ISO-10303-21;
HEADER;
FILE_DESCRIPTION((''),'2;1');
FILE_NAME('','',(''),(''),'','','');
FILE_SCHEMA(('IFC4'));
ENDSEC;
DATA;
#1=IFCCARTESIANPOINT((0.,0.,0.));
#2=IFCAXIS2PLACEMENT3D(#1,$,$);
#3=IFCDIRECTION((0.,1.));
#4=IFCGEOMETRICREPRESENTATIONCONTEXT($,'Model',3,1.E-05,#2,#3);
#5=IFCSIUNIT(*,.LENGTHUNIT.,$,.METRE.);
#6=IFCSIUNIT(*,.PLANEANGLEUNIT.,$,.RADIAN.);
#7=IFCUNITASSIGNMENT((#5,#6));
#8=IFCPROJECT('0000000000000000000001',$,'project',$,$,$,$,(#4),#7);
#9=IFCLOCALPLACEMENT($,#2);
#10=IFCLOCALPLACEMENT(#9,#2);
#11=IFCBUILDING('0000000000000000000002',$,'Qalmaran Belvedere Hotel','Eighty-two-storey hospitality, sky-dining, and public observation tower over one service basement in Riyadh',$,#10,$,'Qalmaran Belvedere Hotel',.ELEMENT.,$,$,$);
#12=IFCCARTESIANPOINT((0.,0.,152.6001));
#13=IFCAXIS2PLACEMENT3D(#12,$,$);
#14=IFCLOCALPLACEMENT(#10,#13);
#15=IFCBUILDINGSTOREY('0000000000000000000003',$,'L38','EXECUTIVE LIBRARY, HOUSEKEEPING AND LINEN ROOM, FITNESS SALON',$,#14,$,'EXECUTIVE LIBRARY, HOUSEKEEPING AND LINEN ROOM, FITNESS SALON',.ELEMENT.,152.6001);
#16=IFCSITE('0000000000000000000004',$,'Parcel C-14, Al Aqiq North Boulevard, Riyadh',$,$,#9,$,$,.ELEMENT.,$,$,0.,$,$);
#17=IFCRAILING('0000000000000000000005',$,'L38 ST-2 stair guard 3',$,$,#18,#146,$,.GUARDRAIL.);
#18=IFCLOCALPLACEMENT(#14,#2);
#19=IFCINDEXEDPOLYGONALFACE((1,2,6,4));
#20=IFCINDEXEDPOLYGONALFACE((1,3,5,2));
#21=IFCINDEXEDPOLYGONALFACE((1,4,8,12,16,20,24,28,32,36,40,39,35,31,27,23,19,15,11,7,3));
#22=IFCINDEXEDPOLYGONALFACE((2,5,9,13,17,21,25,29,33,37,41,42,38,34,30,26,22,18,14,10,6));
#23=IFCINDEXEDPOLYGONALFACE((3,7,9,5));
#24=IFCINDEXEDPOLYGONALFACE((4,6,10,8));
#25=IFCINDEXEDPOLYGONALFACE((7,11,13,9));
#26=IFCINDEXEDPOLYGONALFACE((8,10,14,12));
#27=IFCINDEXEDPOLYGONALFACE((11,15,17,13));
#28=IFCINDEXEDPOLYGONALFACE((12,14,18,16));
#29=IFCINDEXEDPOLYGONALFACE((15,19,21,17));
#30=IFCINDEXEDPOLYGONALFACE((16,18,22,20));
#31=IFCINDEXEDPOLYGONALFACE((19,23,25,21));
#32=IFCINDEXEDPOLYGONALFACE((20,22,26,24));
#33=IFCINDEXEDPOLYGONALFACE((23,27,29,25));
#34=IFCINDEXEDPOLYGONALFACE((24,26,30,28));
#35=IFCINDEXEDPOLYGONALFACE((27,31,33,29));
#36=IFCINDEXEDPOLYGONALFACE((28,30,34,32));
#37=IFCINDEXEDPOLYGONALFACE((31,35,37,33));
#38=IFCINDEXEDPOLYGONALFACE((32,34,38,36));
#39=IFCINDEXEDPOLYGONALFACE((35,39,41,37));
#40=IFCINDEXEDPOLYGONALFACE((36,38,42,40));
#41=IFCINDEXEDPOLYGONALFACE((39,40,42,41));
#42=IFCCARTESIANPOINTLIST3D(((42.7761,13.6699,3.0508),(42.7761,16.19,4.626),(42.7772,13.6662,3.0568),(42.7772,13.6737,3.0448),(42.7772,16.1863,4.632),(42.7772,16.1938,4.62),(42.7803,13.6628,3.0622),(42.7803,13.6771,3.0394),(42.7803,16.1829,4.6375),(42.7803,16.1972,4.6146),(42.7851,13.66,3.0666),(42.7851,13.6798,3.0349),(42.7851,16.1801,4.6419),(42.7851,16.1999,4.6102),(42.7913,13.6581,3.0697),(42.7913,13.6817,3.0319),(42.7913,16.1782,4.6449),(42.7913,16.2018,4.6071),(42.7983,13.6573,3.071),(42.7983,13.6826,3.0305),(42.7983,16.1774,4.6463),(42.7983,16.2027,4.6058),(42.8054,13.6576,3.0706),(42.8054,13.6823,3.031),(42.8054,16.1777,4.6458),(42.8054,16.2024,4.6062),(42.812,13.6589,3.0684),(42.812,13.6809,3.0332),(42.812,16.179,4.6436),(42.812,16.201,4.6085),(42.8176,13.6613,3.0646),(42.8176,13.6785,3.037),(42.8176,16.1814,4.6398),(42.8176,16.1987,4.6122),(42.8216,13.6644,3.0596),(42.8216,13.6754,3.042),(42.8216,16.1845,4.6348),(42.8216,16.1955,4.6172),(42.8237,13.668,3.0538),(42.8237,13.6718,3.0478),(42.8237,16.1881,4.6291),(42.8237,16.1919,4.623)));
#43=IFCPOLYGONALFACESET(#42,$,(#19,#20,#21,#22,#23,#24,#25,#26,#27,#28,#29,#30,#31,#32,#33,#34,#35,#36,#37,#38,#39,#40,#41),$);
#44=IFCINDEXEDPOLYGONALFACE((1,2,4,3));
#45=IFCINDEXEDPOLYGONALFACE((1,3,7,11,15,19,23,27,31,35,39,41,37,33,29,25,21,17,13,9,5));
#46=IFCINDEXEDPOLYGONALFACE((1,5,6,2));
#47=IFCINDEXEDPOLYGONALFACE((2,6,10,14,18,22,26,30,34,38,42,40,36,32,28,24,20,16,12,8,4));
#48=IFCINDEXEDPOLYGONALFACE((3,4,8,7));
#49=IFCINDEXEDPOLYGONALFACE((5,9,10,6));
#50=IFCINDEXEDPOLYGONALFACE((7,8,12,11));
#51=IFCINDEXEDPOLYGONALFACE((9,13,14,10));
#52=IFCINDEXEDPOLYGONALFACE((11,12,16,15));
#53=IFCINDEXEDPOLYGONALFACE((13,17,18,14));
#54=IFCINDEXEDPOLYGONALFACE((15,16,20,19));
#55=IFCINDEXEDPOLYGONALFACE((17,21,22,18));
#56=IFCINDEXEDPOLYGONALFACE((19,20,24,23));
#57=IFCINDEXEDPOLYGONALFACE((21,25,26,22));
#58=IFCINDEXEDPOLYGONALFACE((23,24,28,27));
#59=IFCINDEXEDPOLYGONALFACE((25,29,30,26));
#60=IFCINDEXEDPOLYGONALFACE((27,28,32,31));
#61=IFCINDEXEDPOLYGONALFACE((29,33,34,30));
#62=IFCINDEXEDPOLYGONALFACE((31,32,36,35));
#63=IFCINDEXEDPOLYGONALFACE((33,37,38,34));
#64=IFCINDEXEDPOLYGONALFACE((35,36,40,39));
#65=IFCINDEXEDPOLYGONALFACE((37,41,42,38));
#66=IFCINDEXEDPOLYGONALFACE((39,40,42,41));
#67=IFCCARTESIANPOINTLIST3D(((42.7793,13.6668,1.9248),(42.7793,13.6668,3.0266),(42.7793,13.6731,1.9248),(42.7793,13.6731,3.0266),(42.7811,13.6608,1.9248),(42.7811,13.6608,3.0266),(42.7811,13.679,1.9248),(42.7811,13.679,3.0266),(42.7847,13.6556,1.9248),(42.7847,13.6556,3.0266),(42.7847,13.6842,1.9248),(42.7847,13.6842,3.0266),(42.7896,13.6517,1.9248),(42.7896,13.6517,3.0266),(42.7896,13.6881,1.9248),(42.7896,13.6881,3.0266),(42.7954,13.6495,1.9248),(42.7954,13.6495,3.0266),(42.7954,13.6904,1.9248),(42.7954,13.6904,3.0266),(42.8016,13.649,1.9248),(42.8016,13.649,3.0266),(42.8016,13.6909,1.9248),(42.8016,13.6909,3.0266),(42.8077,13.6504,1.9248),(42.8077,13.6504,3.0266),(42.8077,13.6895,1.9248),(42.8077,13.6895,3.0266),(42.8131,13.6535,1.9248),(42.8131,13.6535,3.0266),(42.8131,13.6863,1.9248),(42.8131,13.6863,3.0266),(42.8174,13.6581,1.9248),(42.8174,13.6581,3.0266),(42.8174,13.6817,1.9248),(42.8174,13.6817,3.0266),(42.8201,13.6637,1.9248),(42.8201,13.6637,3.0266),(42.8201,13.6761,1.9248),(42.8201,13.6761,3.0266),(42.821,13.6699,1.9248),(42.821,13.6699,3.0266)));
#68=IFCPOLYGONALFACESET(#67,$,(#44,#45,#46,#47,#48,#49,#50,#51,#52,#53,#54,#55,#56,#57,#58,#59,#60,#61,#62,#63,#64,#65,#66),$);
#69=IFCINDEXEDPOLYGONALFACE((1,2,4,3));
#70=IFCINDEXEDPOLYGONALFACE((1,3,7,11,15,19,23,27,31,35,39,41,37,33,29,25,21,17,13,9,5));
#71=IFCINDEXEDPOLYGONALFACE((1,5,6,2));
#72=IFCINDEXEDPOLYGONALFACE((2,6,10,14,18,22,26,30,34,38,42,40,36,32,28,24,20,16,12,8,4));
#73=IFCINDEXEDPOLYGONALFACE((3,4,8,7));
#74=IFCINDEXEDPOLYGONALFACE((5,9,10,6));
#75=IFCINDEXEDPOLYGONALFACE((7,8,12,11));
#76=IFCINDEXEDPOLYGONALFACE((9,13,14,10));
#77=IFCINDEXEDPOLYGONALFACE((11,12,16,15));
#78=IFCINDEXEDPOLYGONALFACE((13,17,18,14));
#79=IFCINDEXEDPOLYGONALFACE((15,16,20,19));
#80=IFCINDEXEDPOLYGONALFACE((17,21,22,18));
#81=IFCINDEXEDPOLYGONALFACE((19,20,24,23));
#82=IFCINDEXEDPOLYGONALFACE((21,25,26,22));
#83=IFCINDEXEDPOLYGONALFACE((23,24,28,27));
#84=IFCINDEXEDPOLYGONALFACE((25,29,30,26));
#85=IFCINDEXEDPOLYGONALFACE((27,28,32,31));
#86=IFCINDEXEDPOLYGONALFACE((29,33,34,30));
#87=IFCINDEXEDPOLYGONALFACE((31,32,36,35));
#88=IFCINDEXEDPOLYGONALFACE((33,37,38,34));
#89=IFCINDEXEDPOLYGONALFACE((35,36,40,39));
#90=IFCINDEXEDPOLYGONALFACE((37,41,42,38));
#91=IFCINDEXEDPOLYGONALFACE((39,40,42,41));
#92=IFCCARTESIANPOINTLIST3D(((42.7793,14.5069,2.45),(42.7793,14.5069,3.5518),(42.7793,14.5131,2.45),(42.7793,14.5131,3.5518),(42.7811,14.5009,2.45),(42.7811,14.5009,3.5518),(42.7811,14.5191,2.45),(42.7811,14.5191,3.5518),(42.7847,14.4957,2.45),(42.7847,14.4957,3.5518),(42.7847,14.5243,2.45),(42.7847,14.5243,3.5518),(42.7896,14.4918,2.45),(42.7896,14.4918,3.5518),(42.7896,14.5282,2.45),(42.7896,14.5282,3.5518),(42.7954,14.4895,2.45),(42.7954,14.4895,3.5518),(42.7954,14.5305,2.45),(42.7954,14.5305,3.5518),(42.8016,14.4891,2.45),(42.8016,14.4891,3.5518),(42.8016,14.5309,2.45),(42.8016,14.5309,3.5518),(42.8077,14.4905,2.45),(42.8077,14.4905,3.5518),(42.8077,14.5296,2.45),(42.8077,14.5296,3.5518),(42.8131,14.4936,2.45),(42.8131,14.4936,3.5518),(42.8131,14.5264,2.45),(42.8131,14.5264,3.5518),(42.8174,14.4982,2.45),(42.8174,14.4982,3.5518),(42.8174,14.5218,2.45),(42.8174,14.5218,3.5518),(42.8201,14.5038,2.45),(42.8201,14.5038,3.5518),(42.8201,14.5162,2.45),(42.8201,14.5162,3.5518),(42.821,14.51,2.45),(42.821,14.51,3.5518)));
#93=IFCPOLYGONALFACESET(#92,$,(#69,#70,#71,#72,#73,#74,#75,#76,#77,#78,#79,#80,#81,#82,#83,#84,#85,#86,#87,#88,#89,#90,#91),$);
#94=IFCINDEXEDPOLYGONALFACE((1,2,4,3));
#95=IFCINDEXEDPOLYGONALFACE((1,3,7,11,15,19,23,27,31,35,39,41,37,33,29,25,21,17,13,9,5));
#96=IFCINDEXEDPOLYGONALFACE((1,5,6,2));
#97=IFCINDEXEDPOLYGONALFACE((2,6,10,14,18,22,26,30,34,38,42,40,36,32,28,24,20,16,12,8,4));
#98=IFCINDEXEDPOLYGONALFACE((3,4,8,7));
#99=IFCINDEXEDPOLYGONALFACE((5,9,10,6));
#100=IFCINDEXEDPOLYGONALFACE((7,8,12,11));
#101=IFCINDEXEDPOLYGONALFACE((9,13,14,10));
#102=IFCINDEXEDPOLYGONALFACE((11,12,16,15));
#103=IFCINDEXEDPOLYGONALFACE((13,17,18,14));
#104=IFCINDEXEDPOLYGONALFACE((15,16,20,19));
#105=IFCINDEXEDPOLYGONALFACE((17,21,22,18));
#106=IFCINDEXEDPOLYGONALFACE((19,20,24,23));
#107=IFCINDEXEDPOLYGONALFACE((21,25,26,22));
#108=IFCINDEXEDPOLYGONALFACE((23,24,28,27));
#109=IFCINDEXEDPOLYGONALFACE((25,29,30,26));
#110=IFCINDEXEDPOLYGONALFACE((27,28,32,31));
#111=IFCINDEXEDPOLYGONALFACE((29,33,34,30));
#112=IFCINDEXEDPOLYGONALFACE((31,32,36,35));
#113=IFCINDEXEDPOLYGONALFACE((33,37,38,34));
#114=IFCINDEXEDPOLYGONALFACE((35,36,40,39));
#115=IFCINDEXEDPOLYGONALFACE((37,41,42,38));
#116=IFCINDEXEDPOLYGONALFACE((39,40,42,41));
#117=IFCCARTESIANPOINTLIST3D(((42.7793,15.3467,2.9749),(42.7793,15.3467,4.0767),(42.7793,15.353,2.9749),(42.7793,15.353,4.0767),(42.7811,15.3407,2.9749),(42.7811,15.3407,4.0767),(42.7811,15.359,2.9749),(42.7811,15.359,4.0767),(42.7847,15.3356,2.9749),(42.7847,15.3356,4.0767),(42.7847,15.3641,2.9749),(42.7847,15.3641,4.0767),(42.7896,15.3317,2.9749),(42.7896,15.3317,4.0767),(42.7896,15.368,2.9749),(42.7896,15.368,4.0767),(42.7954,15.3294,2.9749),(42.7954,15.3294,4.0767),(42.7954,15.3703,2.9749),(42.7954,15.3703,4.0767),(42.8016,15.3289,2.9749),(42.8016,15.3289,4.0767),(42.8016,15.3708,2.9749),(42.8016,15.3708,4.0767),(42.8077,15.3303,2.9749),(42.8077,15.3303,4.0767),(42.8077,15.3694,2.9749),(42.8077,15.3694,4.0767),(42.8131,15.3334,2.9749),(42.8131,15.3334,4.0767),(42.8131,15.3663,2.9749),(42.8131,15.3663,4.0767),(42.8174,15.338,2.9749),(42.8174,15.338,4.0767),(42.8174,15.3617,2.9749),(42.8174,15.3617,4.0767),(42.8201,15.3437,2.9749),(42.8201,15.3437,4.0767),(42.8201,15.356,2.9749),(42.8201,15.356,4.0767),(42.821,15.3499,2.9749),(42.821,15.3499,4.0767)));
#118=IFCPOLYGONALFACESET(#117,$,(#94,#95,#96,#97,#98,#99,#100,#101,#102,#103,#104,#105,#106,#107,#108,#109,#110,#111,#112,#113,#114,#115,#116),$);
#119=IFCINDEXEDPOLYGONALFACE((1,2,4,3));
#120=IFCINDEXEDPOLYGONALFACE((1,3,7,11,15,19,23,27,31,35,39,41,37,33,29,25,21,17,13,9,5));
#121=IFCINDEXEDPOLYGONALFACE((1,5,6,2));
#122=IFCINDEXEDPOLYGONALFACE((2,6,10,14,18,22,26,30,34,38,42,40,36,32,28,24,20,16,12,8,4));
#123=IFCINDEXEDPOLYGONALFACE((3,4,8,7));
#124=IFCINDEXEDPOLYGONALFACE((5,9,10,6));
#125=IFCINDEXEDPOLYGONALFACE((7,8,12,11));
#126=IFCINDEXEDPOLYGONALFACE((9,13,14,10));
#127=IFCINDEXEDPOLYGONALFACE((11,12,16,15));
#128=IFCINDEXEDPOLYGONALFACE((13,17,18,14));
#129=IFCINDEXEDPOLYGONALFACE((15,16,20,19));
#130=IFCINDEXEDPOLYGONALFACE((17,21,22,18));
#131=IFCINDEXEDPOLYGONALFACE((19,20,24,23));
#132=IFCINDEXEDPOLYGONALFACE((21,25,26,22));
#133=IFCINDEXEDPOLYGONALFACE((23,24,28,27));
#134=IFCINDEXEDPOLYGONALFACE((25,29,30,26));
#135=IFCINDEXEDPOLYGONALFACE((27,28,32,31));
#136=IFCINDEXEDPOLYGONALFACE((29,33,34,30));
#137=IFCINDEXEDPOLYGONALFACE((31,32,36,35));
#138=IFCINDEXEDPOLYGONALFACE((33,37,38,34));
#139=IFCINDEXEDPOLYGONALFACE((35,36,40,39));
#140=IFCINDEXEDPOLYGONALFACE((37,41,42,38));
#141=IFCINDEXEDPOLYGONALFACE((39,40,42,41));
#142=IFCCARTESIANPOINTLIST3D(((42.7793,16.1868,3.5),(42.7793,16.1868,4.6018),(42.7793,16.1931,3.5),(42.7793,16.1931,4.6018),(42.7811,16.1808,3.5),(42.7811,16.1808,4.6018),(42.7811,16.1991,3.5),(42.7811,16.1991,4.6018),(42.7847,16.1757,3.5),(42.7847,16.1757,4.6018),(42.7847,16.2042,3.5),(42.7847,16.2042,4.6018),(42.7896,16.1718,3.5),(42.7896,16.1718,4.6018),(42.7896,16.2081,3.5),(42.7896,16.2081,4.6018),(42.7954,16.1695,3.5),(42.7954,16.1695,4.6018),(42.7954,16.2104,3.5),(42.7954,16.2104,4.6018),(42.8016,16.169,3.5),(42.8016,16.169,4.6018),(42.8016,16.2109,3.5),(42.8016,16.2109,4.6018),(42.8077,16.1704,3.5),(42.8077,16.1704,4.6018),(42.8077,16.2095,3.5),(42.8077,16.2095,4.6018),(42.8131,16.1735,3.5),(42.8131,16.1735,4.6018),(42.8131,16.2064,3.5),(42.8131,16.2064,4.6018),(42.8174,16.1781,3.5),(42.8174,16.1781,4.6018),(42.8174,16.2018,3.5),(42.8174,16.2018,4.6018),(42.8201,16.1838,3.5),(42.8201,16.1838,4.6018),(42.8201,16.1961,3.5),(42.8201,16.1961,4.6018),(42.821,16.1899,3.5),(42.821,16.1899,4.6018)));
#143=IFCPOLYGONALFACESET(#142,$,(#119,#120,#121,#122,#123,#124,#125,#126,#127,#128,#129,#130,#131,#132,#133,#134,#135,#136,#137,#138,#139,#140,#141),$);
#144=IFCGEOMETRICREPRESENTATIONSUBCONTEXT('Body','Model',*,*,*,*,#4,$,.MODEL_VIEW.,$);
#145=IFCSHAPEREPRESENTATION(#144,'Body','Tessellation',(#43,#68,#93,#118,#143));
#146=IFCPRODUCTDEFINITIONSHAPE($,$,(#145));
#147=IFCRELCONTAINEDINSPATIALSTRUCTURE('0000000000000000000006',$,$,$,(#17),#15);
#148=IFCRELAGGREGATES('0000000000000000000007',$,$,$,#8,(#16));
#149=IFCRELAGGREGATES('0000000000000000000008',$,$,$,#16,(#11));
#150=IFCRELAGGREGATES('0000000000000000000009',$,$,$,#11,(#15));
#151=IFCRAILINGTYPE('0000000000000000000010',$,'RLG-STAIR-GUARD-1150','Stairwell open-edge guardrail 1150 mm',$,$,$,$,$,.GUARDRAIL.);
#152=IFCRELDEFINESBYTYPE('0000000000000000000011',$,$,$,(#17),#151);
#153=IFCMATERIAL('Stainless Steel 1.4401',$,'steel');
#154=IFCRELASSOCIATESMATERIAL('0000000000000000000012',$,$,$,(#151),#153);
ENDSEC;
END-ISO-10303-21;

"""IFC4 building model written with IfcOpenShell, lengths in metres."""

from ifc_helpers import new_model, si_unit, direction, frame, origin, origin_2d, place, context, subcontext, project, spatial, circle, extrude, material, type_object, element, save


model = new_model("IFC4")

# Units and contexts
model_context = context("Model", 3, precision=1e-05, world=origin(), true_north=direction((0.0, 1.0)))
body_context = subcontext(model_context, "Body", "Model", "MODEL_VIEW")
ifc_project = project(units=[si_unit("LENGTHUNIT", "METRE"), si_unit("PLANEANGLEUNIT", "RADIAN")], contexts=[model_context])

# Site, building, storey
site_placement = place(None, origin())
site = spatial("IfcSite", under=ifc_project, at=site_placement, Name="Parcel C-14, Al Aqiq North Boulevard, Riyadh", CompositionType="ELEMENT", RefElevation=0.0)
building_placement = place(site_placement, origin())
building = spatial("IfcBuilding", under=site, at=building_placement, Name="Qalmaran Belvedere Hotel", Description="Eighty-two-storey hospitality, sky-dining, and public observation tower over one service basement in Riyadh", LongName="Qalmaran Belvedere Hotel", CompositionType="ELEMENT")
storey_placement = place(building_placement, frame((0.0, 0.0, 152.6001)))
storey = spatial("IfcBuildingStorey", under=building, at=storey_placement, Name="L38", Description="EXECUTIVE LIBRARY, HOUSEKEEPING AND LINEN ROOM, FITNESS SALON", LongName="EXECUTIVE LIBRARY, HOUSEKEEPING AND LINEN ROOM, FITNESS SALON", CompositionType="ELEMENT", Elevation=152.6001)

# Railing
ifc_material_1 = material(Name="Stainless Steel 1.4401", Category="steel")
railing_type_1 = type_object("IfcRailingType", Name="RLG-STAIR-GUARD-1150", Description="Stairwell open-edge guardrail 1150 mm", PredefinedType="GUARDRAIL", material=ifc_material_1)
railing_1_placement = place(storey_placement, frame((42.8, 13.6699, 1.9248)))
element("IfcRailing", 1, at=railing_1_placement, inside=storey, type_object=railing_type_1, Name="L38 ST-2 stair guard 3", PredefinedType="GUARDRAIL", context=body_context, shape_type="SweptSolid", body=[
    extrude(circle(Radius=0.0239, at=origin_2d()), frame((0.0, 0.0, 1.126), z_axis=(0.0, 0.847971, 0.530043), x_axis=(-1.0, 0.0, 0.0)), (0.0, 0.0, 1.0), 2.9719),
    extrude(circle(Radius=0.021, at=origin_2d()), origin(), (0.0, 0.0, 1.0), 1.1018),
    extrude(circle(Radius=0.021, at=origin_2d()), frame((0.0, 0.8401, 0.5251)), (0.0, 0.0, 1.0), 1.1018),
    extrude(circle(Radius=0.021, at=origin_2d()), frame((0.0, 1.6799, 1.05)), (0.0, 0.0, 1.0), 1.1018),
    extrude(circle(Radius=0.021, at=origin_2d()), frame((0.0, 2.52, 1.5752)), (0.0, 0.0, 1.0), 1.1018),
])

save(model, "model.ifc")
